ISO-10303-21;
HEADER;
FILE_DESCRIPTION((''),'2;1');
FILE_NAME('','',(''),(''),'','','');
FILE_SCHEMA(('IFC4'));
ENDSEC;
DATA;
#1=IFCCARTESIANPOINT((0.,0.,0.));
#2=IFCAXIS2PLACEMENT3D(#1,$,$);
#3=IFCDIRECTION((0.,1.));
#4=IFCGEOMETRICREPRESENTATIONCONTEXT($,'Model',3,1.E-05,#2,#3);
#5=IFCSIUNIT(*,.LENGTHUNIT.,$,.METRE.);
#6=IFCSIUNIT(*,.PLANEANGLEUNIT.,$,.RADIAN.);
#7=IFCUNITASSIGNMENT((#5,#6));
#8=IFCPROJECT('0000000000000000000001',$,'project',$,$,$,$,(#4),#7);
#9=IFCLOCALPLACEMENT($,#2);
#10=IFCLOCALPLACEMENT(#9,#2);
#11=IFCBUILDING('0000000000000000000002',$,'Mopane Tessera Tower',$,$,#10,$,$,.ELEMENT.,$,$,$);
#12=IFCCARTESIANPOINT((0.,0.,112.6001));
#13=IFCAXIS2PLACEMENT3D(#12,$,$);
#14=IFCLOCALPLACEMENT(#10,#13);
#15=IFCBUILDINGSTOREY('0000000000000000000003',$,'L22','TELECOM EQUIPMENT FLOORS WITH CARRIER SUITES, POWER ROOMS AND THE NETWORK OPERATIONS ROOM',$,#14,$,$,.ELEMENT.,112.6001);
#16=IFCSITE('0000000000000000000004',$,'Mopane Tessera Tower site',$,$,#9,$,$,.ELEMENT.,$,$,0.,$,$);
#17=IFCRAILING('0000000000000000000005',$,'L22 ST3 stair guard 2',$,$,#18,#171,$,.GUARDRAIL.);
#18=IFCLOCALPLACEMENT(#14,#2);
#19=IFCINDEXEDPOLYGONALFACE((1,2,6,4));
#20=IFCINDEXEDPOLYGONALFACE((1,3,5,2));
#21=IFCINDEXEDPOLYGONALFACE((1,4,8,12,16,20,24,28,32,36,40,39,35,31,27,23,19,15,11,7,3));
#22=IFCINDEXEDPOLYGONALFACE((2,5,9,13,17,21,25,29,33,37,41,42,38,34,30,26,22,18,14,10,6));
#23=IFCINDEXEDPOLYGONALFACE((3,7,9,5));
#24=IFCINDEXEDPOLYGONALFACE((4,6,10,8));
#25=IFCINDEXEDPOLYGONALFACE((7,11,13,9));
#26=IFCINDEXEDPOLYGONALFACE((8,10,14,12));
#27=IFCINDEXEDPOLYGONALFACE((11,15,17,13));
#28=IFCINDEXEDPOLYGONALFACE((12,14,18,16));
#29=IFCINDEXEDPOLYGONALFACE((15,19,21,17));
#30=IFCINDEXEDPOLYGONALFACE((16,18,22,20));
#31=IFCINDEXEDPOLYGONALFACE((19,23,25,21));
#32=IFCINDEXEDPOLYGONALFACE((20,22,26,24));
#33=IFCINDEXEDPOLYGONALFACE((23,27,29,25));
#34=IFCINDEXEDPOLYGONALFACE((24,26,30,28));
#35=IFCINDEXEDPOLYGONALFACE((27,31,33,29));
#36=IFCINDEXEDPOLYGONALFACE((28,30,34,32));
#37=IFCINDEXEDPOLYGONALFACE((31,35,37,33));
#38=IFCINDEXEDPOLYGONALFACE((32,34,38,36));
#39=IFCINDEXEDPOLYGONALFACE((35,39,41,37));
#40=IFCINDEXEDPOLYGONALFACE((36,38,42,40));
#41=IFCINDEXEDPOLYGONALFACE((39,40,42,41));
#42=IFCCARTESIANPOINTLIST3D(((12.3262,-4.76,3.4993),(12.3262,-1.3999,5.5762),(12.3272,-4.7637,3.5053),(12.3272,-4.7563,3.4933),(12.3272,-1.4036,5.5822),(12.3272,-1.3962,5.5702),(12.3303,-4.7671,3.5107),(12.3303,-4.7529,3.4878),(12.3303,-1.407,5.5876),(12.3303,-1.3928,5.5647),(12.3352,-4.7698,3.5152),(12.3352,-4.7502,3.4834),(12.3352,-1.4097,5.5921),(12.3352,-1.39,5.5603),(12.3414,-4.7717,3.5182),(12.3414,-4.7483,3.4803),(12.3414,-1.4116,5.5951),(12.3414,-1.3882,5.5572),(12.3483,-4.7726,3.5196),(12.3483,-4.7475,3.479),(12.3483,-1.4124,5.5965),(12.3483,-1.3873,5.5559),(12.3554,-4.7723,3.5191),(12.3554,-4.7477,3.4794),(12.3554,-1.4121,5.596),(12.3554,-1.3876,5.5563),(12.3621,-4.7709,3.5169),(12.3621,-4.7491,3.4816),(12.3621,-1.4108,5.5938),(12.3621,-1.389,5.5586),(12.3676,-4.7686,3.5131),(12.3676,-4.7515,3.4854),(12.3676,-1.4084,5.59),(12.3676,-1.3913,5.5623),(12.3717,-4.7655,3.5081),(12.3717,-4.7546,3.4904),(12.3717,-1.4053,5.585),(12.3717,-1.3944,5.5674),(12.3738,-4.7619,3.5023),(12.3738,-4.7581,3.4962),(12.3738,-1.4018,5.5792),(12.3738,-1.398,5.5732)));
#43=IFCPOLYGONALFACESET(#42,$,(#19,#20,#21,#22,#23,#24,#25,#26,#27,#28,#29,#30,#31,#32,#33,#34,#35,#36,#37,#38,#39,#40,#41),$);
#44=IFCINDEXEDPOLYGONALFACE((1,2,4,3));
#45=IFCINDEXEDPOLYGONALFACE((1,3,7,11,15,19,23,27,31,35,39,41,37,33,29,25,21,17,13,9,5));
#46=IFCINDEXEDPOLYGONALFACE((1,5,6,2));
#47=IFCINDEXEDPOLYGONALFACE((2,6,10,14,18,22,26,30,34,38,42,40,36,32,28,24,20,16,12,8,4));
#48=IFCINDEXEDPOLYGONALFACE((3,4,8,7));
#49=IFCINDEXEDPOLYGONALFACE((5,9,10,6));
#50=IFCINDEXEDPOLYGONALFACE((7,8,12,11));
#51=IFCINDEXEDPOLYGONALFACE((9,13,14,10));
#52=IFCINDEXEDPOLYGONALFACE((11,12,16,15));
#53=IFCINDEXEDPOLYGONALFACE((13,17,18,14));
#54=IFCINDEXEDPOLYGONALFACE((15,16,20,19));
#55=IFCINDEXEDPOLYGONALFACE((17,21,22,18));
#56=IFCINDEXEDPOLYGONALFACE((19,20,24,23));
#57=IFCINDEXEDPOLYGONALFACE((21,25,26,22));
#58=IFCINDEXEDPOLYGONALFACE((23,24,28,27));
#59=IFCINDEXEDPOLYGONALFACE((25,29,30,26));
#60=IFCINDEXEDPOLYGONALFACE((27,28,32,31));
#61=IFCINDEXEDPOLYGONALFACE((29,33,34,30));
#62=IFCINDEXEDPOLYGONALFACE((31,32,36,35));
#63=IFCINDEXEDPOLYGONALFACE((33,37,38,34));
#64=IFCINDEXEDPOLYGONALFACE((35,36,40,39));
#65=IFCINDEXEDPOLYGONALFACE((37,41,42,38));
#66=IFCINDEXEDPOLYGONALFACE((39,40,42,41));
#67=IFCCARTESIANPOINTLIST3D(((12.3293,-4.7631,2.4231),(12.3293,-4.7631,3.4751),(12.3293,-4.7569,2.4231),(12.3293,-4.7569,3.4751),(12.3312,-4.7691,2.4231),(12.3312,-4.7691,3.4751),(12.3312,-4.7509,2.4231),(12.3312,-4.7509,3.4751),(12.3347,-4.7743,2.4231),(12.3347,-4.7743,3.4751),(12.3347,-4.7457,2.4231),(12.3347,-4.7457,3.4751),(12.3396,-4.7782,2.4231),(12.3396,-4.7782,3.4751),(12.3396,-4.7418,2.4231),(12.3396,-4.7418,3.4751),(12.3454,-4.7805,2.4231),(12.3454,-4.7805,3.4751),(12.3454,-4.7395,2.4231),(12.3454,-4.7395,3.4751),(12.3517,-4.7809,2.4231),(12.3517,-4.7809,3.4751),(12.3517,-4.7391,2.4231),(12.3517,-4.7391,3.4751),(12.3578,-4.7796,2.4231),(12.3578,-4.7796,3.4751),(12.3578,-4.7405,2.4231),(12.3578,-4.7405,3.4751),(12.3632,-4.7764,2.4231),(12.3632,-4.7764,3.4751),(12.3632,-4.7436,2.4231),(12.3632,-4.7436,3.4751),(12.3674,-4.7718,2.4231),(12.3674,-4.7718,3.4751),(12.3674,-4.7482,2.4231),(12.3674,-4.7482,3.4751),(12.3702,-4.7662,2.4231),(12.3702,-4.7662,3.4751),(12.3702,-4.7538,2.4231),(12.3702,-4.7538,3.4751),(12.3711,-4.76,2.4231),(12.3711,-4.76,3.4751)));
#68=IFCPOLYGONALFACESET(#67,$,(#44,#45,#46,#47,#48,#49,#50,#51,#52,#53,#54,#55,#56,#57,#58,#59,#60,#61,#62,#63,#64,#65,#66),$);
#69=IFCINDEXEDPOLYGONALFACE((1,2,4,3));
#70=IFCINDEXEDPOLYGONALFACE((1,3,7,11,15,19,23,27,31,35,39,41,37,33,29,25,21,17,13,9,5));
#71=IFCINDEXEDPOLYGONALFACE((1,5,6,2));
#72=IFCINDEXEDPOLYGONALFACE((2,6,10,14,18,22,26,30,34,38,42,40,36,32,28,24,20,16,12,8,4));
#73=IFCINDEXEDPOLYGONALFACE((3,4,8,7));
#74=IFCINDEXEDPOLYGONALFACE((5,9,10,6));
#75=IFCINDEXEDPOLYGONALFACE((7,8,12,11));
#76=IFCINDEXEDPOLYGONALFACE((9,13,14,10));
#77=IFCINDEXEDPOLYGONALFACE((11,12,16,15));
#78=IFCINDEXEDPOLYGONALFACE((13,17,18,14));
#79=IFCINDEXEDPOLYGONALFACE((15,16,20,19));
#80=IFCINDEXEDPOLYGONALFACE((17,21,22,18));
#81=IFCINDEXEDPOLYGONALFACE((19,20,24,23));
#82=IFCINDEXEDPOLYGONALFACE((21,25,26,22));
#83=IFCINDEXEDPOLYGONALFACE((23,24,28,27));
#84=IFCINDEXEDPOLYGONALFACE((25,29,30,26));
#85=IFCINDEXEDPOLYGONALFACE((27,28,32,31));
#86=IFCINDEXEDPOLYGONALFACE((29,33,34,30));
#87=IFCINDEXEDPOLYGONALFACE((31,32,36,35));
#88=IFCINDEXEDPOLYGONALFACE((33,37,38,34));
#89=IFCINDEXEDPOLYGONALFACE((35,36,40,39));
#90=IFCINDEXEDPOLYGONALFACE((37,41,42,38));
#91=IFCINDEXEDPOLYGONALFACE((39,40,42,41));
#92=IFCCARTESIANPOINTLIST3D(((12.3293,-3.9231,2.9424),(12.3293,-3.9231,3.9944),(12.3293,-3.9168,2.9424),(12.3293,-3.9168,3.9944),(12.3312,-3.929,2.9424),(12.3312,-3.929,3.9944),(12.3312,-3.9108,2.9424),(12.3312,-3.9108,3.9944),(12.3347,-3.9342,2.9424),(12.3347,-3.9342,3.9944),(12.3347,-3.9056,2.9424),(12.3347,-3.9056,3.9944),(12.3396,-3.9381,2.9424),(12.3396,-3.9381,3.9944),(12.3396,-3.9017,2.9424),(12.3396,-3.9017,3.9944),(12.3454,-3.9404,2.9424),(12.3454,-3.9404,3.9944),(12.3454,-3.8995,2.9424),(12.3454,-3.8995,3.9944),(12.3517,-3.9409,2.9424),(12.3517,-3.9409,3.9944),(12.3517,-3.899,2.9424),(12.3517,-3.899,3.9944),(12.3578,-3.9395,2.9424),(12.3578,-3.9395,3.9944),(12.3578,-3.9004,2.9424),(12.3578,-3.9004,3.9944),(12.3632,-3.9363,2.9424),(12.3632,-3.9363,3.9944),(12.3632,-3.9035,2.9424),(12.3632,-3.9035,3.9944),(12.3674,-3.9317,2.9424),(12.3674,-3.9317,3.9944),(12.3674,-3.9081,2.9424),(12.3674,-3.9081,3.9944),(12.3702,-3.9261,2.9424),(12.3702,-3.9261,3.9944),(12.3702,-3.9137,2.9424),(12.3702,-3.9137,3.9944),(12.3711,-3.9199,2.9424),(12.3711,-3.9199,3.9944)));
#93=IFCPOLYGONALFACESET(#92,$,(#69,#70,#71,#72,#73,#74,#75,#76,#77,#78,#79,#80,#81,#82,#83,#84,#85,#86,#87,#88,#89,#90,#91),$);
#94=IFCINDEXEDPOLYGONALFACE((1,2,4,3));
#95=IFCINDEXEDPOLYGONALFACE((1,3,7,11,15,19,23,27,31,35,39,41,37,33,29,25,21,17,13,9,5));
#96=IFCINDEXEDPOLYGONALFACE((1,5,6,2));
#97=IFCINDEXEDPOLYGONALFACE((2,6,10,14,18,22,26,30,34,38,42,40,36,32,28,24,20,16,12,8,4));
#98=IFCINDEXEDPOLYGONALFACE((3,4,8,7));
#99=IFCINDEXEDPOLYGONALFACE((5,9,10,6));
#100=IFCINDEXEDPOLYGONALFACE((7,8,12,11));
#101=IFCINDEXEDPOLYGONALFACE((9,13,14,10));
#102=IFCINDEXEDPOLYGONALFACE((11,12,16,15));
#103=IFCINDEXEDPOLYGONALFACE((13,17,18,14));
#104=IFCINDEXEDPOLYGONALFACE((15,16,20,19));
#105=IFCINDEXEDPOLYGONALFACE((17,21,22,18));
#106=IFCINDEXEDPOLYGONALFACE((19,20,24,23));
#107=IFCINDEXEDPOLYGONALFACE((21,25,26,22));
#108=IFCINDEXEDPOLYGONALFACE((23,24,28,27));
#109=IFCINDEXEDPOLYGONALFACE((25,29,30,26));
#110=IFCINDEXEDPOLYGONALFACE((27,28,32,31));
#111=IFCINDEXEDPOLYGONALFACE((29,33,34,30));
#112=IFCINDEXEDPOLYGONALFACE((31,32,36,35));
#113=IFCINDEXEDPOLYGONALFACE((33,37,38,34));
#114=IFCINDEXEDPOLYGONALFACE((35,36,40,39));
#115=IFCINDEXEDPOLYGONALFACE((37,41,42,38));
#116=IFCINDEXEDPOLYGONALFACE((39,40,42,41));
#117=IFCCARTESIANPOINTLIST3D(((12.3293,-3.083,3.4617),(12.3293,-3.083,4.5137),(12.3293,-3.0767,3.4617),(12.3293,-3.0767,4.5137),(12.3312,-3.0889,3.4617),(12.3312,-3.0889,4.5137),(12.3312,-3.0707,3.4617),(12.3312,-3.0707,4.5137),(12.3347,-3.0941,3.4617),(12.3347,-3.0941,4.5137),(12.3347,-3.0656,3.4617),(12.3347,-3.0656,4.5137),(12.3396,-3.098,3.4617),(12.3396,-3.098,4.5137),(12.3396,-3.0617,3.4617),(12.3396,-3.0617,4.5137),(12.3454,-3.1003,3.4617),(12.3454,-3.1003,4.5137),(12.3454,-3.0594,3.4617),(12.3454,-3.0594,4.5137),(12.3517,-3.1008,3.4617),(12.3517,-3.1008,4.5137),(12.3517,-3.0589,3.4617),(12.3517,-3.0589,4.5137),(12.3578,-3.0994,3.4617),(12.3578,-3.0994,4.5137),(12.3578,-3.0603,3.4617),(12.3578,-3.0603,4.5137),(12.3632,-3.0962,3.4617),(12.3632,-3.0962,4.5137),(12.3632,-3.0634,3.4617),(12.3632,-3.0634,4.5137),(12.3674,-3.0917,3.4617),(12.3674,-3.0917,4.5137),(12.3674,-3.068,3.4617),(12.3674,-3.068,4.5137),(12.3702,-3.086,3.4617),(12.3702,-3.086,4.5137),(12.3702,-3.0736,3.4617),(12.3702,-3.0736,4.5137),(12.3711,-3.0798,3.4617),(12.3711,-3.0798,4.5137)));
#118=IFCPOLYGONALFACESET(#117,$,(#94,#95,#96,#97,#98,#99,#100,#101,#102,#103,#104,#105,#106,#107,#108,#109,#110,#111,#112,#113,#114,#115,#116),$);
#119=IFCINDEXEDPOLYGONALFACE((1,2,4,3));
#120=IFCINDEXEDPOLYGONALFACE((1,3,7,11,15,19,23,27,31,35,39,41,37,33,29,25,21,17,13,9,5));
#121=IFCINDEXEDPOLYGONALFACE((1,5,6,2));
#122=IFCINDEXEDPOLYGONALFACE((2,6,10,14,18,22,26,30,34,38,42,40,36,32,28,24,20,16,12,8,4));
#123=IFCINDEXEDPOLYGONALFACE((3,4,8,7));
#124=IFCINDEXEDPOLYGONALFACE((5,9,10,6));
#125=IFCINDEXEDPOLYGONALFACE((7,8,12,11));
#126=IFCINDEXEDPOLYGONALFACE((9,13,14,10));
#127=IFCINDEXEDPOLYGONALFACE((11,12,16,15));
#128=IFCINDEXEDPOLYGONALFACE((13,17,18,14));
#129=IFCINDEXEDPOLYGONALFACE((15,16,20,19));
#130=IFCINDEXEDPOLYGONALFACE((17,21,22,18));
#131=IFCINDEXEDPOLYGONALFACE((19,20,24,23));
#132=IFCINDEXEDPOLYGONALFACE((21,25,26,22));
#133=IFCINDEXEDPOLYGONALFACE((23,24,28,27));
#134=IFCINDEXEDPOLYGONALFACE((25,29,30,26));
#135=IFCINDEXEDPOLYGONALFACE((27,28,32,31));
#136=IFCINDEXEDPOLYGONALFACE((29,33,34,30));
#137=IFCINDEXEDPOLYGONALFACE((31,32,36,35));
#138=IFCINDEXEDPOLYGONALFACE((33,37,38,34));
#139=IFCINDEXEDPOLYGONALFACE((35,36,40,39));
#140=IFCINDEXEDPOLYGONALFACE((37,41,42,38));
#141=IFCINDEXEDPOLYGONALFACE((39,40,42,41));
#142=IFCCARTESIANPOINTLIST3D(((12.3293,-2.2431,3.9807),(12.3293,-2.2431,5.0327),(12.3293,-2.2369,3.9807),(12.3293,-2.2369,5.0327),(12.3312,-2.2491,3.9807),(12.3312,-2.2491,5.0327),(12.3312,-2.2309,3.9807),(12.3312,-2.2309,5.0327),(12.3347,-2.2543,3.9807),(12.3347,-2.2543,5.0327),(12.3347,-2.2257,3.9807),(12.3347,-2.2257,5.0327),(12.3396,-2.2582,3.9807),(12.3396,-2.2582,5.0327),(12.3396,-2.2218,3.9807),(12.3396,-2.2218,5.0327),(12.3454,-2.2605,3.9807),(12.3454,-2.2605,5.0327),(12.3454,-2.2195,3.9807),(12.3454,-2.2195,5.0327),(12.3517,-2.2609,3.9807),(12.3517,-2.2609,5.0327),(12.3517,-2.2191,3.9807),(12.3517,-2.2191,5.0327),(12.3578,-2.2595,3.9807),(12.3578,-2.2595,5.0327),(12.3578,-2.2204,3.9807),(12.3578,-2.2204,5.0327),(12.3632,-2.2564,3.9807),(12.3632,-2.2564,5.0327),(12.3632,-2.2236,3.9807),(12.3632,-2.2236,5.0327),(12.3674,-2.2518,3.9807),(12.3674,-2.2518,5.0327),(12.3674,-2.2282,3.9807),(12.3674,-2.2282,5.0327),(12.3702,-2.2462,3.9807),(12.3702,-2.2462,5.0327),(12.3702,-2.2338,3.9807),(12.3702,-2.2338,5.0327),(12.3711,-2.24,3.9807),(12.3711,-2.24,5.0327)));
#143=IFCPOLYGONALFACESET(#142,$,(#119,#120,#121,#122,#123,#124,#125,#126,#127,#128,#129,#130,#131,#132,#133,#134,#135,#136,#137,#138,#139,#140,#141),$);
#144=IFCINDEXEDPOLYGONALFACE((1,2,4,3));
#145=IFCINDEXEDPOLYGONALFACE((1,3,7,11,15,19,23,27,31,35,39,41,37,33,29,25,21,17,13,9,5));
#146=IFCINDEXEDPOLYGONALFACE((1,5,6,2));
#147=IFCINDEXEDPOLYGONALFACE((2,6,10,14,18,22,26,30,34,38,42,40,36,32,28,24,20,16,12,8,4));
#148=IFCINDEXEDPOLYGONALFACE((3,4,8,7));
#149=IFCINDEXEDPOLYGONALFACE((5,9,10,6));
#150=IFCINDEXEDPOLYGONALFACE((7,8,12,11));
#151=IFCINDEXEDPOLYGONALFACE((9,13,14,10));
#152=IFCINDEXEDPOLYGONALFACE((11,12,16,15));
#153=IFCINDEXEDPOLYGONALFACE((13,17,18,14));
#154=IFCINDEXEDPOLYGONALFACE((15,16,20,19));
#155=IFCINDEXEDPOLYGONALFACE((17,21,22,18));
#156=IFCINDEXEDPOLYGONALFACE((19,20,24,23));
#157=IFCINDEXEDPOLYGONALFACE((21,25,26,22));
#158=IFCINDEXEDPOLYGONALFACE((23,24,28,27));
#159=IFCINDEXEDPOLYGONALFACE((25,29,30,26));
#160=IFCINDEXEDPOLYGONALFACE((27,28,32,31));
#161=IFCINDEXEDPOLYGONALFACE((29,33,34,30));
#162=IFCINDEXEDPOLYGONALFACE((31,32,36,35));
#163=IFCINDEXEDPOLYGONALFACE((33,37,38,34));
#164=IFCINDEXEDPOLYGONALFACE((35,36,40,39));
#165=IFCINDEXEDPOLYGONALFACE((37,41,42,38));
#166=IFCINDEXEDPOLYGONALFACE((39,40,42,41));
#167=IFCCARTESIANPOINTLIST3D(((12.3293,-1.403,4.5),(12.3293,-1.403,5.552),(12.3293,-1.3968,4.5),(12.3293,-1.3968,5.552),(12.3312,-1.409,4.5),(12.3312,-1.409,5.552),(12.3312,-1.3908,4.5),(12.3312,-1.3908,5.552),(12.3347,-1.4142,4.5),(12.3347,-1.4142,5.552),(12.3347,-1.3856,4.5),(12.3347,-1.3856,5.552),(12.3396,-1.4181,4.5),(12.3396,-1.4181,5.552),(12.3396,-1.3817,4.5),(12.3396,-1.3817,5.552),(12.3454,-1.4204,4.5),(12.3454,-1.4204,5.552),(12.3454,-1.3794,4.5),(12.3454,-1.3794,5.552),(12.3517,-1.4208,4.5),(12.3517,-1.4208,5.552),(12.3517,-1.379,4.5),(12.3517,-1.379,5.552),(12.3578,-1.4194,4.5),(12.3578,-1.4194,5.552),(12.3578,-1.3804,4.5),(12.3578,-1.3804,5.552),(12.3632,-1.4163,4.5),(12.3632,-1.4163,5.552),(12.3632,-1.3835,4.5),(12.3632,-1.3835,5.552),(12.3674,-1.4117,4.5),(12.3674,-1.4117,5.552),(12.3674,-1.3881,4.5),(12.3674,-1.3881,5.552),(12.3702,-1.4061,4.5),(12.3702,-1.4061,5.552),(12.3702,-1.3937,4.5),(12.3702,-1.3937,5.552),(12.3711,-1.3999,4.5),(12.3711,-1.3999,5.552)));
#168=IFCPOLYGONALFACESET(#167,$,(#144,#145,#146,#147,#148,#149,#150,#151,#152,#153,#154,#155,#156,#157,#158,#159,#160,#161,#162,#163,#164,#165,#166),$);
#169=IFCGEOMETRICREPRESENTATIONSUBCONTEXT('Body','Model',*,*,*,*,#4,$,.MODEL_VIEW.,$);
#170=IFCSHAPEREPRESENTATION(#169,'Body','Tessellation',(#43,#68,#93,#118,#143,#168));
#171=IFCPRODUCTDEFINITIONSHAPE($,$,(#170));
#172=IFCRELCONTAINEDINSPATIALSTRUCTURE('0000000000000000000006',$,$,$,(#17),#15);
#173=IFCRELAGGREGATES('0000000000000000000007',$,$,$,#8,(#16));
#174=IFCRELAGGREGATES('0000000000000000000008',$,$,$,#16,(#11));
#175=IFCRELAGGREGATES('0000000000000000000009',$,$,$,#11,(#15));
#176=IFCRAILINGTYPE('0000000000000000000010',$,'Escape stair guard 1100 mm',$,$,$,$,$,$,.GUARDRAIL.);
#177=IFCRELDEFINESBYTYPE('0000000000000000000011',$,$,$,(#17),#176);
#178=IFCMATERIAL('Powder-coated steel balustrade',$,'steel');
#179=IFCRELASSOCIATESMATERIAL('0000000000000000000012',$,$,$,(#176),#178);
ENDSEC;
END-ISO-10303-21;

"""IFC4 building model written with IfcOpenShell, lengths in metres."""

from ifc_helpers import new_model, si_unit, direction, frame, origin, origin_2d, place, context, subcontext, project, spatial, circle, extrude, material, type_object, element, save


model = new_model("IFC4")

# Units and contexts
model_context = context("Model", 3, precision=1e-05, world=origin(), true_north=direction((0.0, 1.0)))
body_context = subcontext(model_context, "Body", "Model", "MODEL_VIEW")
ifc_project = project(units=[si_unit("LENGTHUNIT", "METRE"), si_unit("PLANEANGLEUNIT", "RADIAN")], contexts=[model_context])

# Site, building, storey
site_placement = place(None, origin())
site = spatial("IfcSite", under=ifc_project, at=site_placement, Name="Mopane Tessera Tower site", CompositionType="ELEMENT", RefElevation=0.0)
building_placement = place(site_placement, origin())
building = spatial("IfcBuilding", under=site, at=building_placement, Name="Mopane Tessera Tower", CompositionType="ELEMENT")
storey_placement = place(building_placement, frame((0.0, 0.0, 112.6001)))
storey = spatial("IfcBuildingStorey", under=building, at=storey_placement, Name="L22", Description="TELECOM EQUIPMENT FLOORS WITH CARRIER SUITES, POWER ROOMS AND THE NETWORK OPERATIONS ROOM", CompositionType="ELEMENT", Elevation=112.6001)

# Railing
ifc_material_1 = material(Name="Powder-coated steel balustrade", Category="steel")
railing_type_1 = type_object("IfcRailingType", Name="Escape stair guard 1100 mm", PredefinedType="GUARDRAIL", material=ifc_material_1)
railing_1_placement = place(storey_placement, frame((12.3501, -4.76, 2.4231)))
element("IfcRailing", 1, at=railing_1_placement, inside=storey, type_object=railing_type_1, Name="L22 ST3 stair guard 2", PredefinedType="GUARDRAIL", context=body_context, shape_type="SweptSolid", body=[
    extrude(circle(Radius=0.0239, at=origin_2d()), frame((0.0, 0.0, 1.0762), z_axis=(0.0, 0.850623, 0.525776), x_axis=(-1.0, 0.0, 0.0)), (0.0, 0.0, 1.0), 3.9502),
    extrude(circle(Radius=0.021, at=origin_2d()), origin(), (0.0, 0.0, 1.0), 1.052),
    extrude(circle(Radius=0.021, at=origin_2d()), frame((0.0, 0.8401, 0.5193)), (0.0, 0.0, 1.0), 1.052),
    extrude(circle(Radius=0.021, at=origin_2d()), frame((0.0, 1.6802, 1.0386)), (0.0, 0.0, 1.0), 1.052),
    extrude(circle(Radius=0.021, at=origin_2d()), frame((0.0, 2.52, 1.5576)), (0.0, 0.0, 1.0), 1.052),
    extrude(circle(Radius=0.021, at=origin_2d()), frame((0.0, 3.3601, 2.0769)), (0.0, 0.0, 1.0), 1.052),
])

save(model, "model.ifc")
